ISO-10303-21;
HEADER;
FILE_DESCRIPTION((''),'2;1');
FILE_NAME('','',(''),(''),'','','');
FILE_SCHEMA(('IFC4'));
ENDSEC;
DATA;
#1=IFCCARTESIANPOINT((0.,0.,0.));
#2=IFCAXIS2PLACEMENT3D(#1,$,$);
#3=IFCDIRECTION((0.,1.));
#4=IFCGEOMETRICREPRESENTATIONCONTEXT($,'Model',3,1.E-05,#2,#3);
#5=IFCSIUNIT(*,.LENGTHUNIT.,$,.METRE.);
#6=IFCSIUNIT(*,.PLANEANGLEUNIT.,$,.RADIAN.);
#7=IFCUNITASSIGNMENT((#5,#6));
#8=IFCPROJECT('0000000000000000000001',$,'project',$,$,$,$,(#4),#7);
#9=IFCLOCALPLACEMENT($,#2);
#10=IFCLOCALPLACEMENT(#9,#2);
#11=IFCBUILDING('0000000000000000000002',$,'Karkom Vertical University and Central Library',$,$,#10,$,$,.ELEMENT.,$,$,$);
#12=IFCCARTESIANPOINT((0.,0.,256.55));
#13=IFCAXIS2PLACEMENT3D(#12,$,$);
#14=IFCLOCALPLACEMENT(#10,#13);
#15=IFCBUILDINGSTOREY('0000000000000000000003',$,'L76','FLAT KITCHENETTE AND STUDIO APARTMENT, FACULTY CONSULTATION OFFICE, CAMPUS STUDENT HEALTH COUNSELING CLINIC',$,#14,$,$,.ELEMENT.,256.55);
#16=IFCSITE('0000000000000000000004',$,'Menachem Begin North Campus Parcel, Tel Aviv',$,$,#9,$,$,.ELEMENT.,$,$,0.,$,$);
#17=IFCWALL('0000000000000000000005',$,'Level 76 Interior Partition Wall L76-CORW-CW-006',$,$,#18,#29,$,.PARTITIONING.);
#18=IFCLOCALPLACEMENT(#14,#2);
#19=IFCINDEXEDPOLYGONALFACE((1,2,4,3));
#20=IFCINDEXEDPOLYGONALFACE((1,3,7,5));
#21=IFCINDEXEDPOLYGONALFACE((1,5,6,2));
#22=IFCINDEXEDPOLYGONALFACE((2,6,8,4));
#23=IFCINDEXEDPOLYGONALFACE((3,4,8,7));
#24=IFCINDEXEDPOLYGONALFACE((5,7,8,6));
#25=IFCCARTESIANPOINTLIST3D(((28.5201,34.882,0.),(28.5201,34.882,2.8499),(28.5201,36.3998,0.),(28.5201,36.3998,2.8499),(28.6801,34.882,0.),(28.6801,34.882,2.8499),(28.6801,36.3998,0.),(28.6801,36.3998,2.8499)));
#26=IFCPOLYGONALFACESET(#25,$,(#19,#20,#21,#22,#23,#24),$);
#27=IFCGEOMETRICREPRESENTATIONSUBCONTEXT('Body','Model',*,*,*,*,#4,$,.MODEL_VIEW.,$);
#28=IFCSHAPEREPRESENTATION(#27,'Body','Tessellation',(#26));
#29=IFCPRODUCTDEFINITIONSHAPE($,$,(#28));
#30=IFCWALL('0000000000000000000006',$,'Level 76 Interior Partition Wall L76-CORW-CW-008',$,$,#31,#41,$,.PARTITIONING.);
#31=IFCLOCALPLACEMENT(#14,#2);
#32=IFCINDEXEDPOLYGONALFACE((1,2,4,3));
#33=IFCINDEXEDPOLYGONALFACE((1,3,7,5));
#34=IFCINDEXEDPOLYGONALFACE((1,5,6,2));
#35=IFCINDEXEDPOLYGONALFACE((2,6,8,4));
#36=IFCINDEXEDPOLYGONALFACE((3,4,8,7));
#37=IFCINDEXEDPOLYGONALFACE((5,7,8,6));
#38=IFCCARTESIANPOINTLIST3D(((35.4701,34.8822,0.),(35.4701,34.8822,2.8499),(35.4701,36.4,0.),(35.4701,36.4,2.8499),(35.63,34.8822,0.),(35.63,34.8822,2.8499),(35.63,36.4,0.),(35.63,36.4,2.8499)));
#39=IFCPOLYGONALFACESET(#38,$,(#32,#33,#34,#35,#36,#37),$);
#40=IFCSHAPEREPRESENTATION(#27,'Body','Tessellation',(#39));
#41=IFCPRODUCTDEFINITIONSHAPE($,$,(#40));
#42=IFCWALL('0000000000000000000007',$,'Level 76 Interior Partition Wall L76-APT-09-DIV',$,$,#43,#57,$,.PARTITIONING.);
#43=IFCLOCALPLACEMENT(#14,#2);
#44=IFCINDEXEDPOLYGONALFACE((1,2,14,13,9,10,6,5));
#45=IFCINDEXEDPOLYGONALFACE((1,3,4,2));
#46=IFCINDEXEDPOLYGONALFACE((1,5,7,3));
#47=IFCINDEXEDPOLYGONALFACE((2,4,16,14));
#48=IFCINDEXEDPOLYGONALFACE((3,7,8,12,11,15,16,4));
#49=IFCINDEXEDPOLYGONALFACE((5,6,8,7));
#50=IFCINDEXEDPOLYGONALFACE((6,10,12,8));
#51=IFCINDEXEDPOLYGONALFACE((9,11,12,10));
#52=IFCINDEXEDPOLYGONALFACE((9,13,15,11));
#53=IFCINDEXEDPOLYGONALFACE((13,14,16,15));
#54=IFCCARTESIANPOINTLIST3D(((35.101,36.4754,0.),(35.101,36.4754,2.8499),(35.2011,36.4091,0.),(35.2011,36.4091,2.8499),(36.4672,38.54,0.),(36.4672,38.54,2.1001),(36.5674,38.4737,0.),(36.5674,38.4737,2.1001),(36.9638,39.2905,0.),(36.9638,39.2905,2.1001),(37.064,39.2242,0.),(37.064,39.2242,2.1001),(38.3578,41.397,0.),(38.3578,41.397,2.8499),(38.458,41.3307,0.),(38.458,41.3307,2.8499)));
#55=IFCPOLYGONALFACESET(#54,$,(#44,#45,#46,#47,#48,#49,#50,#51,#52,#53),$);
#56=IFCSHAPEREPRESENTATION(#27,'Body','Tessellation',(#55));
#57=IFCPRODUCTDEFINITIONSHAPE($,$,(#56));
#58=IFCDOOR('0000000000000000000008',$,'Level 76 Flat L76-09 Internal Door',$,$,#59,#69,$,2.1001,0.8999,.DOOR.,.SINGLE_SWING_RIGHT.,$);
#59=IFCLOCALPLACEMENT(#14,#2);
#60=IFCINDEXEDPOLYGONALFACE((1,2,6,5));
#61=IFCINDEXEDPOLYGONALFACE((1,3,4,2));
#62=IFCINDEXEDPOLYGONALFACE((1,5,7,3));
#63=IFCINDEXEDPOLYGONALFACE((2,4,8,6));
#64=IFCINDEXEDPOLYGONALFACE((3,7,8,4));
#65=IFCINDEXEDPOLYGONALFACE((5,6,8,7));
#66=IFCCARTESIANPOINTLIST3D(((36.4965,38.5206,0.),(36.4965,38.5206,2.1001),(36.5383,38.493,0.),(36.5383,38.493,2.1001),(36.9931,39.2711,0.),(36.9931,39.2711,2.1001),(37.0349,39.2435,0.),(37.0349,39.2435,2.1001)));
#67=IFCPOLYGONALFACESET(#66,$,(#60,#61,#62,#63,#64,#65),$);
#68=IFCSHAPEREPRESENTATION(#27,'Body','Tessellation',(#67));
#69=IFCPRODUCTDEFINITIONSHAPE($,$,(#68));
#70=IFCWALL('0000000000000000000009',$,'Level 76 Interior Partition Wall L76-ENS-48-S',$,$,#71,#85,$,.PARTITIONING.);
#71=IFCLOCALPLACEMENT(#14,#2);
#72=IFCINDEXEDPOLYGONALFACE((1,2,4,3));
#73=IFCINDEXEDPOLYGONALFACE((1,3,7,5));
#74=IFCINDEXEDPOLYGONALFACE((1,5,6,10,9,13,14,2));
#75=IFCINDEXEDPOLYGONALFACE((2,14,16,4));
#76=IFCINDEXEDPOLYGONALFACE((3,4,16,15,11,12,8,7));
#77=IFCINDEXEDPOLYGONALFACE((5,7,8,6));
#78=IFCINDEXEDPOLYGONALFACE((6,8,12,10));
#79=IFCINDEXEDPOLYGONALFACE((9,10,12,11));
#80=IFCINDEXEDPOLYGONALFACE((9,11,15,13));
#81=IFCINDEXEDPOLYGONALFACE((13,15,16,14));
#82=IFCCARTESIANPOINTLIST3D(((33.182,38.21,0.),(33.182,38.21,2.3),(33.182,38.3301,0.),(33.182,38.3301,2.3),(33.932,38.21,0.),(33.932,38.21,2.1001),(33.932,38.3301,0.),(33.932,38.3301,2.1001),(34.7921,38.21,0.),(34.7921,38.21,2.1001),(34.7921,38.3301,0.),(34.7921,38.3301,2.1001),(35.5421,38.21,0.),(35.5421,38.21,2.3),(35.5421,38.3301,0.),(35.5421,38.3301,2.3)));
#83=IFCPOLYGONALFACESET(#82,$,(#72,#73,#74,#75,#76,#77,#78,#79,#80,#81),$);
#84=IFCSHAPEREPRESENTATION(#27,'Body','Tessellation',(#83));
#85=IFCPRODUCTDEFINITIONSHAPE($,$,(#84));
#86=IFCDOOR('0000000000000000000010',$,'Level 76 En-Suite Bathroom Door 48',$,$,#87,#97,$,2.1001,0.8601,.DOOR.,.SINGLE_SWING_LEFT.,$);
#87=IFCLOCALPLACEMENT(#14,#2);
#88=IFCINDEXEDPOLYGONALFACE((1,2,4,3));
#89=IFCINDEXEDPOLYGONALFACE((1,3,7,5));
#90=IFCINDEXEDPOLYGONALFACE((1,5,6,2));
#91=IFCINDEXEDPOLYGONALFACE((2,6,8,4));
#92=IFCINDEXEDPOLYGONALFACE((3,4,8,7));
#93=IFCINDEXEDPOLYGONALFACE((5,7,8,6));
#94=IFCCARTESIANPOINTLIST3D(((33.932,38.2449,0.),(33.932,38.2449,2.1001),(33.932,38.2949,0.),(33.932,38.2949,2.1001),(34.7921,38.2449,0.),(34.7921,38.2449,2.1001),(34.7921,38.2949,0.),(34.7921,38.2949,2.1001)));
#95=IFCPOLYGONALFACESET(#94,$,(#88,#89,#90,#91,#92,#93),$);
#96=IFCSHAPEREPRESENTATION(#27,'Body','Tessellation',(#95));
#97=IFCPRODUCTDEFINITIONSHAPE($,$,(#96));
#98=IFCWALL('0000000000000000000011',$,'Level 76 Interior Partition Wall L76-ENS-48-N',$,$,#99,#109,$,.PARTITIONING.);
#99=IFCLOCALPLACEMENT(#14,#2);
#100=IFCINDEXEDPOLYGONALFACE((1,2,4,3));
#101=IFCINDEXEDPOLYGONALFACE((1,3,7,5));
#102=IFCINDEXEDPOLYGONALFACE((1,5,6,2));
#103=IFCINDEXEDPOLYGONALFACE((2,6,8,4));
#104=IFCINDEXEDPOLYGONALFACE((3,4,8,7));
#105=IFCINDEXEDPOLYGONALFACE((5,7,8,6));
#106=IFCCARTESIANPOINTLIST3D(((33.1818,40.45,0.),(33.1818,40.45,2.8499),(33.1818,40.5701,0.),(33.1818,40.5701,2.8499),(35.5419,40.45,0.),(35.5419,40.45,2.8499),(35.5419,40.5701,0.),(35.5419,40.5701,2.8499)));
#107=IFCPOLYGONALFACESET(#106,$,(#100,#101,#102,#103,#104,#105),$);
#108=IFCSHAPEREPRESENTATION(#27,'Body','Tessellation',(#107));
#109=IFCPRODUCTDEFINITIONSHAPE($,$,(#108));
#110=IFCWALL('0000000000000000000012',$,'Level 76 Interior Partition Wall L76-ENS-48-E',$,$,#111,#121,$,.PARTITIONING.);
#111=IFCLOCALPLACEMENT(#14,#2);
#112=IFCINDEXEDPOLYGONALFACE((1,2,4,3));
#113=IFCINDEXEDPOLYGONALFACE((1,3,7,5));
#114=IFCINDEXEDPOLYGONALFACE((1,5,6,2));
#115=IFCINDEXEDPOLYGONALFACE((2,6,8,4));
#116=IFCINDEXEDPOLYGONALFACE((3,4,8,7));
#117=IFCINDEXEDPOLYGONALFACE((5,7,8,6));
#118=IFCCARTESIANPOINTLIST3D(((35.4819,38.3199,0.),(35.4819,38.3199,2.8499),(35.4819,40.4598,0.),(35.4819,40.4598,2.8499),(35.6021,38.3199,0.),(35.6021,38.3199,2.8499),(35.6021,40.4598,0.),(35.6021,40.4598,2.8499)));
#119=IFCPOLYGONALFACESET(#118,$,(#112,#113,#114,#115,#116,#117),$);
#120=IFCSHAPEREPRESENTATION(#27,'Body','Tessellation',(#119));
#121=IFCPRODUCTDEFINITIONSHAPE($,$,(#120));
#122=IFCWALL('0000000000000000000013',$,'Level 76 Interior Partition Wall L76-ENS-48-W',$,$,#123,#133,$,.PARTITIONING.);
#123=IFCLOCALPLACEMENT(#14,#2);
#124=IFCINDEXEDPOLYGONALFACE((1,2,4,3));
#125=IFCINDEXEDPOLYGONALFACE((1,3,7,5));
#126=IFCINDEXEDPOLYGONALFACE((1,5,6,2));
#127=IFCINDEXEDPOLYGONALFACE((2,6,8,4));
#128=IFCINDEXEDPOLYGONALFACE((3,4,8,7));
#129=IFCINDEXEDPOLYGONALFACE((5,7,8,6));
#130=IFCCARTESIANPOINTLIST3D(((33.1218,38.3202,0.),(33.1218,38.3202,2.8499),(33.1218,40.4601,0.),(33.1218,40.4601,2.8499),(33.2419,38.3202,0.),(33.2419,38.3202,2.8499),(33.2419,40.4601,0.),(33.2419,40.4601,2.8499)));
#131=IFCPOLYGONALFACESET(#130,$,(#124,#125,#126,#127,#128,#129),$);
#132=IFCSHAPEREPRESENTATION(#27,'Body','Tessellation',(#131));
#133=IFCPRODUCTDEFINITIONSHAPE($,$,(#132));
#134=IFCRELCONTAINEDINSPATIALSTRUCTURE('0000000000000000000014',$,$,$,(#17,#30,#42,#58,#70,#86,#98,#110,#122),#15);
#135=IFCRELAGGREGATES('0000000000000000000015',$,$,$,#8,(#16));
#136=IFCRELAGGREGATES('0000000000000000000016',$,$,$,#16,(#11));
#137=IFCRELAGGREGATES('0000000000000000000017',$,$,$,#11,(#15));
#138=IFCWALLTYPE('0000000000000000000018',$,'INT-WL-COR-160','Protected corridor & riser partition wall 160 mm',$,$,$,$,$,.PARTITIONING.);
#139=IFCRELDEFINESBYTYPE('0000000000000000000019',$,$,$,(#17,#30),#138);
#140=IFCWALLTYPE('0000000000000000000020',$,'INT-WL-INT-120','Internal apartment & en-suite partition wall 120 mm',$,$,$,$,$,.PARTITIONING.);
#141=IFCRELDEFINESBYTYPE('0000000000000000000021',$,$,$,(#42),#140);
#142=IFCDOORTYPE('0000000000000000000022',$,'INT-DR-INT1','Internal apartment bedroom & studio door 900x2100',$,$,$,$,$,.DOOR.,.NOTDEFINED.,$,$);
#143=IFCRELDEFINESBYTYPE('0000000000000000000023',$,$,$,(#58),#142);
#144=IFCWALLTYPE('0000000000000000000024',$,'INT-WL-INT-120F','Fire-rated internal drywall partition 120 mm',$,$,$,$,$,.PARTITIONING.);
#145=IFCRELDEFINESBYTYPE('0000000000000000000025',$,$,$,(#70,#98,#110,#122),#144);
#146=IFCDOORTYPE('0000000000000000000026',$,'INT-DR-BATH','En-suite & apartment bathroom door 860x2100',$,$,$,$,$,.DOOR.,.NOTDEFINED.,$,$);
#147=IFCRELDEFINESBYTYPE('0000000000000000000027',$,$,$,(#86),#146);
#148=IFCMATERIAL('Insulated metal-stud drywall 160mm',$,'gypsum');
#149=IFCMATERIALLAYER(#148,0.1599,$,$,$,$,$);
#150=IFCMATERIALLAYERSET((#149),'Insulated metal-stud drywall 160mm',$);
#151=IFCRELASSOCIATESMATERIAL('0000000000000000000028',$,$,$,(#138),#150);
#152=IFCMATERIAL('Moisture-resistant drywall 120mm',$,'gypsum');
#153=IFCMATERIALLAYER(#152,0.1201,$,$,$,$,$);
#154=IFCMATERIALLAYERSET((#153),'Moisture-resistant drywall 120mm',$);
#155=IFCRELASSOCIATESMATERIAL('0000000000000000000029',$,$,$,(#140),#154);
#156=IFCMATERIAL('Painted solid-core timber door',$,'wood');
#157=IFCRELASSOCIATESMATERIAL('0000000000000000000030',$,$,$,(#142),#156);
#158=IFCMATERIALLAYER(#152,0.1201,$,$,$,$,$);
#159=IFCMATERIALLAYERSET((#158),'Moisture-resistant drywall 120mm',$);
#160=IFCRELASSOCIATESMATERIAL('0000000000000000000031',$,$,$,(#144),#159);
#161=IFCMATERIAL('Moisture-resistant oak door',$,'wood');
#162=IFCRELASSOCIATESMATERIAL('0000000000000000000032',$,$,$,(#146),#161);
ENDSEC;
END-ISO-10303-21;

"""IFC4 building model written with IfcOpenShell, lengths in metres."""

from ifc_helpers import new_model, si_unit, direction, frame, frame_2d, origin, origin_with_axes, place, context, subcontext, project, spatial, rectangle, extrude, source, transform, mapped, material, layer, layer_set, type_object, element, fill, save


model = new_model("IFC4")

# Units and contexts
model_context = context("Model", 3, precision=1e-05, world=origin(), true_north=direction((0.0, 1.0)))
body_context = subcontext(model_context, "Body", "Model", "MODEL_VIEW")
ifc_project = project(units=[si_unit("LENGTHUNIT", "METRE"), si_unit("PLANEANGLEUNIT", "RADIAN")], contexts=[model_context])

# Site, building, storey
site_placement = place(None, origin())
site = spatial("IfcSite", under=ifc_project, at=site_placement, Name="Menachem Begin North Campus Parcel, Tel Aviv", CompositionType="ELEMENT", RefElevation=0.0)
building_placement = place(site_placement, origin())
building = spatial("IfcBuilding", under=site, at=building_placement, Name="Karkom Vertical University and Central Library", CompositionType="ELEMENT")
storey_placement = place(building_placement, frame((0.0, 0.0, 256.55)))
storey = spatial("IfcBuildingStorey", under=building, at=storey_placement, Name="L76", Description="FLAT KITCHENETTE AND STUDIO APARTMENT, FACULTY CONSULTATION OFFICE, CAMPUS STUDENT HEALTH COUNSELING CLINIC", CompositionType="ELEMENT", Elevation=256.55)

# Walls
ifc_material_1 = material(Name="Insulated metal-stud drywall 160mm", Category="gypsum")
ifc_layer_1 = layer(ifc_material_1, 0.1599)
ifc_layer_set_1 = layer_set([ifc_layer_1], Name="Insulated metal-stud drywall 160mm")
wall_type_1 = type_object("IfcWallType", Name="INT-WL-COR-160", Description="Protected corridor & riser partition wall 160 mm", PredefinedType="PARTITIONING", material=ifc_layer_set_1)
for number, where, z_axis, x_axis, name in (
    (1, (28.6001, 34.8821, 0.0), (0.0, 0.0, 1.0), (0.0, 1.0, 0.0), "Level 76 Interior Partition Wall L76-CORW-CW-006"),
    (2, (35.55, 36.3999, 0.0), (0.0, 0.0, 1.0), (0.0, -1.0, 0.0), "Level 76 Interior Partition Wall L76-CORW-CW-008"),
):
    element("IfcWall", number, at=place(storey_placement, frame(where, z_axis=z_axis, x_axis=x_axis)), inside=storey, type_object=wall_type_1, Name=name, PredefinedType="PARTITIONING", context=body_context, shape_type="SweptSolid", body=[
        extrude(rectangle(XDim=1.5178, YDim=0.1599, at=frame_2d((0.7588, 0.0))), origin(), (0.0, 0.0, 1.0), 2.8499),
    ])

# Walls, openings, doors
ifc_material_2 = material(Name="Moisture-resistant drywall 120mm", Category="gypsum")
ifc_layer_2 = layer(ifc_material_2, 0.1201)
ifc_layer_set_2 = layer_set([ifc_layer_2], Name="Moisture-resistant drywall 120mm")
wall_type_2 = type_object("IfcWallType", Name="INT-WL-INT-120", Description="Internal apartment & en-suite partition wall 120 mm", PredefinedType="PARTITIONING", material=ifc_layer_set_2)
wall_1_placement = place(storey_placement, frame((35.1511, 36.4424, 0.0), z_axis=(0.0, 0.0, 1.0), x_axis=(0.551852, 0.833942, 0.0)))
wall_1 = element("IfcWall", 3, at=wall_1_placement, inside=storey, type_object=wall_type_2, Name="Level 76 Interior Partition Wall L76-APT-09-DIV", PredefinedType="PARTITIONING", context=body_context, shape_type="SweptSolid", body=[
    extrude(rectangle(XDim=5.9016, YDim=0.1201, at=frame_2d((2.9507, 0.0))), origin(), (0.0, 0.0, 1.0), 2.8499),
])
opening_1_placement = place(wall_1_placement, frame((2.4756, 0.0, 0.0)))
opening_1 = element("IfcOpeningElement", 4, at=opening_1_placement, cuts=wall_1, PredefinedType="OPENING", context=body_context, shape_type="SweptSolid", body=[
    extrude(rectangle(XDim=0.8999, YDim=2.1001, at=frame_2d((0.45, 1.05))), frame((0.0, 0.0701, 0.0), z_axis=(0.0, -1.0, 0.0), x_axis=(1.0, 0.0, 0.0)), (0.0, 0.0, 1.0), 0.1401),
])
ifc_material_3 = material(Name="Painted solid-core timber door", Category="wood")
door_type_1 = type_object("IfcDoorType", Name="INT-DR-INT1", Description="Internal apartment bedroom & studio door 900x2100", OperationType="NOTDEFINED", PredefinedType="DOOR", material=ifc_material_3)
shared_shape_1 = source(origin_with_axes(), body_context, "Body", "SweptSolid", [
    extrude(rectangle(XDim=0.8999, YDim=2.1001, at=frame_2d((0.45, 1.05))), frame((0.0, 0.0249, 0.0), z_axis=(0.0, -1.0, 0.0), x_axis=(1.0, 0.0, 0.0)), (0.0, 0.0, 1.0), 0.05),
])
door_1_placement = place(opening_1_placement, origin())
door_1 = element("IfcDoor", 5, at=door_1_placement, inside=storey, type_object=door_type_1, Name="Level 76 Flat L76-09 Internal Door", OperationType="SINGLE_SWING_RIGHT", OverallHeight=2.1001, OverallWidth=0.8999, PredefinedType="DOOR", context=body_context, shape_type="MappedRepresentation", body=[
    mapped(shared_shape_1, transform((0.0, 0.0, 0.0), scale=1.0)),
])
fill(opening_1, door_1)
ifc_layer_3 = layer(ifc_material_2, 0.1201)
ifc_layer_set_3 = layer_set([ifc_layer_3], Name="Moisture-resistant drywall 120mm")
wall_type_3 = type_object("IfcWallType", Name="INT-WL-INT-120F", Description="Fire-rated internal drywall partition 120 mm", PredefinedType="PARTITIONING", material=ifc_layer_set_3)
wall_2_placement = place(storey_placement, frame((33.1819, 38.27, 0.0), z_axis=(0.0, 0.0, 1.0), x_axis=(1.0, 0.0, 0.0)))
wall_2 = element("IfcWall", 6, at=wall_2_placement, inside=storey, type_object=wall_type_3, Name="Level 76 Interior Partition Wall L76-ENS-48-S", PredefinedType="PARTITIONING", context=body_context, shape_type="SweptSolid", body=[
    extrude(rectangle(XDim=2.3601, YDim=0.1201, at=frame_2d((1.1802, 0.0))), origin(), (0.0, 0.0, 1.0), 2.3),
])
opening_2_placement = place(wall_2_placement, frame((0.75, 0.0, 0.0)))
opening_2 = element("IfcOpeningElement", 7, at=opening_2_placement, cuts=wall_2, PredefinedType="OPENING", context=body_context, shape_type="SweptSolid", body=[
    extrude(rectangle(XDim=0.8601, YDim=2.1001, at=frame_2d((0.4302, 1.05))), frame((0.0, 0.0701, 0.0), z_axis=(0.0, -1.0, 0.0), x_axis=(1.0, 0.0, 0.0)), (0.0, 0.0, 1.0), 0.1401),
])
ifc_material_4 = material(Name="Moisture-resistant oak door", Category="wood")
door_type_2 = type_object("IfcDoorType", Name="INT-DR-BATH", Description="En-suite & apartment bathroom door 860x2100", OperationType="NOTDEFINED", PredefinedType="DOOR", material=ifc_material_4)
shared_shape_2 = source(origin_with_axes(), body_context, "Body", "SweptSolid", [
    extrude(rectangle(XDim=0.8601, YDim=2.1001, at=frame_2d((0.4302, 1.05))), frame((0.0, 0.0249, 0.0), z_axis=(0.0, -1.0, 0.0), x_axis=(1.0, 0.0, 0.0)), (0.0, 0.0, 1.0), 0.05),
])
door_2_placement = place(opening_2_placement, origin())
door_2 = element("IfcDoor", 8, at=door_2_placement, inside=storey, type_object=door_type_2, Name="Level 76 En-Suite Bathroom Door 48", OperationType="SINGLE_SWING_LEFT", OverallHeight=2.1001, OverallWidth=0.8601, PredefinedType="DOOR", context=body_context, shape_type="MappedRepresentation", body=[
    mapped(shared_shape_2, transform((0.0, 0.0, 0.0), scale=1.0)),
])
fill(opening_2, door_2)

# Walls
wall_3_placement = place(storey_placement, frame((35.542, 40.51, 0.0), z_axis=(0.0, 0.0, 1.0), x_axis=(-1.0, 0.0, 0.0)))
element("IfcWall", 9, at=wall_3_placement, inside=storey, type_object=wall_type_3, Name="Level 76 Interior Partition Wall L76-ENS-48-N", PredefinedType="PARTITIONING", context=body_context, shape_type="SweptSolid", body=[
    extrude(rectangle(XDim=2.3601, YDim=0.1201, at=frame_2d((1.1802, 0.0))), origin(), (0.0, 0.0, 1.0), 2.8499),
])
for number, where, z_axis, x_axis, name in (
    (10, (35.542, 38.3201, 0.0), (0.0, 0.0, 1.0), (0.0, 1.0, 0.0), "Level 76 Interior Partition Wall L76-ENS-48-E"),
    (11, (33.1819, 40.46, 0.0), (0.0, 0.0, 1.0), (0.0, -1.0, 0.0), "Level 76 Interior Partition Wall L76-ENS-48-W"),
):
    element("IfcWall", number, at=place(storey_placement, frame(where, z_axis=z_axis, x_axis=x_axis)), inside=storey, type_object=wall_type_3, Name=name, PredefinedType="PARTITIONING", context=body_context, shape_type="SweptSolid", body=[
        extrude(rectangle(XDim=2.1399, YDim=0.1201, at=frame_2d((1.0698, 0.0))), origin(), (0.0, 0.0, 1.0), 2.8499),
    ])

save(model, "model.ifc")
